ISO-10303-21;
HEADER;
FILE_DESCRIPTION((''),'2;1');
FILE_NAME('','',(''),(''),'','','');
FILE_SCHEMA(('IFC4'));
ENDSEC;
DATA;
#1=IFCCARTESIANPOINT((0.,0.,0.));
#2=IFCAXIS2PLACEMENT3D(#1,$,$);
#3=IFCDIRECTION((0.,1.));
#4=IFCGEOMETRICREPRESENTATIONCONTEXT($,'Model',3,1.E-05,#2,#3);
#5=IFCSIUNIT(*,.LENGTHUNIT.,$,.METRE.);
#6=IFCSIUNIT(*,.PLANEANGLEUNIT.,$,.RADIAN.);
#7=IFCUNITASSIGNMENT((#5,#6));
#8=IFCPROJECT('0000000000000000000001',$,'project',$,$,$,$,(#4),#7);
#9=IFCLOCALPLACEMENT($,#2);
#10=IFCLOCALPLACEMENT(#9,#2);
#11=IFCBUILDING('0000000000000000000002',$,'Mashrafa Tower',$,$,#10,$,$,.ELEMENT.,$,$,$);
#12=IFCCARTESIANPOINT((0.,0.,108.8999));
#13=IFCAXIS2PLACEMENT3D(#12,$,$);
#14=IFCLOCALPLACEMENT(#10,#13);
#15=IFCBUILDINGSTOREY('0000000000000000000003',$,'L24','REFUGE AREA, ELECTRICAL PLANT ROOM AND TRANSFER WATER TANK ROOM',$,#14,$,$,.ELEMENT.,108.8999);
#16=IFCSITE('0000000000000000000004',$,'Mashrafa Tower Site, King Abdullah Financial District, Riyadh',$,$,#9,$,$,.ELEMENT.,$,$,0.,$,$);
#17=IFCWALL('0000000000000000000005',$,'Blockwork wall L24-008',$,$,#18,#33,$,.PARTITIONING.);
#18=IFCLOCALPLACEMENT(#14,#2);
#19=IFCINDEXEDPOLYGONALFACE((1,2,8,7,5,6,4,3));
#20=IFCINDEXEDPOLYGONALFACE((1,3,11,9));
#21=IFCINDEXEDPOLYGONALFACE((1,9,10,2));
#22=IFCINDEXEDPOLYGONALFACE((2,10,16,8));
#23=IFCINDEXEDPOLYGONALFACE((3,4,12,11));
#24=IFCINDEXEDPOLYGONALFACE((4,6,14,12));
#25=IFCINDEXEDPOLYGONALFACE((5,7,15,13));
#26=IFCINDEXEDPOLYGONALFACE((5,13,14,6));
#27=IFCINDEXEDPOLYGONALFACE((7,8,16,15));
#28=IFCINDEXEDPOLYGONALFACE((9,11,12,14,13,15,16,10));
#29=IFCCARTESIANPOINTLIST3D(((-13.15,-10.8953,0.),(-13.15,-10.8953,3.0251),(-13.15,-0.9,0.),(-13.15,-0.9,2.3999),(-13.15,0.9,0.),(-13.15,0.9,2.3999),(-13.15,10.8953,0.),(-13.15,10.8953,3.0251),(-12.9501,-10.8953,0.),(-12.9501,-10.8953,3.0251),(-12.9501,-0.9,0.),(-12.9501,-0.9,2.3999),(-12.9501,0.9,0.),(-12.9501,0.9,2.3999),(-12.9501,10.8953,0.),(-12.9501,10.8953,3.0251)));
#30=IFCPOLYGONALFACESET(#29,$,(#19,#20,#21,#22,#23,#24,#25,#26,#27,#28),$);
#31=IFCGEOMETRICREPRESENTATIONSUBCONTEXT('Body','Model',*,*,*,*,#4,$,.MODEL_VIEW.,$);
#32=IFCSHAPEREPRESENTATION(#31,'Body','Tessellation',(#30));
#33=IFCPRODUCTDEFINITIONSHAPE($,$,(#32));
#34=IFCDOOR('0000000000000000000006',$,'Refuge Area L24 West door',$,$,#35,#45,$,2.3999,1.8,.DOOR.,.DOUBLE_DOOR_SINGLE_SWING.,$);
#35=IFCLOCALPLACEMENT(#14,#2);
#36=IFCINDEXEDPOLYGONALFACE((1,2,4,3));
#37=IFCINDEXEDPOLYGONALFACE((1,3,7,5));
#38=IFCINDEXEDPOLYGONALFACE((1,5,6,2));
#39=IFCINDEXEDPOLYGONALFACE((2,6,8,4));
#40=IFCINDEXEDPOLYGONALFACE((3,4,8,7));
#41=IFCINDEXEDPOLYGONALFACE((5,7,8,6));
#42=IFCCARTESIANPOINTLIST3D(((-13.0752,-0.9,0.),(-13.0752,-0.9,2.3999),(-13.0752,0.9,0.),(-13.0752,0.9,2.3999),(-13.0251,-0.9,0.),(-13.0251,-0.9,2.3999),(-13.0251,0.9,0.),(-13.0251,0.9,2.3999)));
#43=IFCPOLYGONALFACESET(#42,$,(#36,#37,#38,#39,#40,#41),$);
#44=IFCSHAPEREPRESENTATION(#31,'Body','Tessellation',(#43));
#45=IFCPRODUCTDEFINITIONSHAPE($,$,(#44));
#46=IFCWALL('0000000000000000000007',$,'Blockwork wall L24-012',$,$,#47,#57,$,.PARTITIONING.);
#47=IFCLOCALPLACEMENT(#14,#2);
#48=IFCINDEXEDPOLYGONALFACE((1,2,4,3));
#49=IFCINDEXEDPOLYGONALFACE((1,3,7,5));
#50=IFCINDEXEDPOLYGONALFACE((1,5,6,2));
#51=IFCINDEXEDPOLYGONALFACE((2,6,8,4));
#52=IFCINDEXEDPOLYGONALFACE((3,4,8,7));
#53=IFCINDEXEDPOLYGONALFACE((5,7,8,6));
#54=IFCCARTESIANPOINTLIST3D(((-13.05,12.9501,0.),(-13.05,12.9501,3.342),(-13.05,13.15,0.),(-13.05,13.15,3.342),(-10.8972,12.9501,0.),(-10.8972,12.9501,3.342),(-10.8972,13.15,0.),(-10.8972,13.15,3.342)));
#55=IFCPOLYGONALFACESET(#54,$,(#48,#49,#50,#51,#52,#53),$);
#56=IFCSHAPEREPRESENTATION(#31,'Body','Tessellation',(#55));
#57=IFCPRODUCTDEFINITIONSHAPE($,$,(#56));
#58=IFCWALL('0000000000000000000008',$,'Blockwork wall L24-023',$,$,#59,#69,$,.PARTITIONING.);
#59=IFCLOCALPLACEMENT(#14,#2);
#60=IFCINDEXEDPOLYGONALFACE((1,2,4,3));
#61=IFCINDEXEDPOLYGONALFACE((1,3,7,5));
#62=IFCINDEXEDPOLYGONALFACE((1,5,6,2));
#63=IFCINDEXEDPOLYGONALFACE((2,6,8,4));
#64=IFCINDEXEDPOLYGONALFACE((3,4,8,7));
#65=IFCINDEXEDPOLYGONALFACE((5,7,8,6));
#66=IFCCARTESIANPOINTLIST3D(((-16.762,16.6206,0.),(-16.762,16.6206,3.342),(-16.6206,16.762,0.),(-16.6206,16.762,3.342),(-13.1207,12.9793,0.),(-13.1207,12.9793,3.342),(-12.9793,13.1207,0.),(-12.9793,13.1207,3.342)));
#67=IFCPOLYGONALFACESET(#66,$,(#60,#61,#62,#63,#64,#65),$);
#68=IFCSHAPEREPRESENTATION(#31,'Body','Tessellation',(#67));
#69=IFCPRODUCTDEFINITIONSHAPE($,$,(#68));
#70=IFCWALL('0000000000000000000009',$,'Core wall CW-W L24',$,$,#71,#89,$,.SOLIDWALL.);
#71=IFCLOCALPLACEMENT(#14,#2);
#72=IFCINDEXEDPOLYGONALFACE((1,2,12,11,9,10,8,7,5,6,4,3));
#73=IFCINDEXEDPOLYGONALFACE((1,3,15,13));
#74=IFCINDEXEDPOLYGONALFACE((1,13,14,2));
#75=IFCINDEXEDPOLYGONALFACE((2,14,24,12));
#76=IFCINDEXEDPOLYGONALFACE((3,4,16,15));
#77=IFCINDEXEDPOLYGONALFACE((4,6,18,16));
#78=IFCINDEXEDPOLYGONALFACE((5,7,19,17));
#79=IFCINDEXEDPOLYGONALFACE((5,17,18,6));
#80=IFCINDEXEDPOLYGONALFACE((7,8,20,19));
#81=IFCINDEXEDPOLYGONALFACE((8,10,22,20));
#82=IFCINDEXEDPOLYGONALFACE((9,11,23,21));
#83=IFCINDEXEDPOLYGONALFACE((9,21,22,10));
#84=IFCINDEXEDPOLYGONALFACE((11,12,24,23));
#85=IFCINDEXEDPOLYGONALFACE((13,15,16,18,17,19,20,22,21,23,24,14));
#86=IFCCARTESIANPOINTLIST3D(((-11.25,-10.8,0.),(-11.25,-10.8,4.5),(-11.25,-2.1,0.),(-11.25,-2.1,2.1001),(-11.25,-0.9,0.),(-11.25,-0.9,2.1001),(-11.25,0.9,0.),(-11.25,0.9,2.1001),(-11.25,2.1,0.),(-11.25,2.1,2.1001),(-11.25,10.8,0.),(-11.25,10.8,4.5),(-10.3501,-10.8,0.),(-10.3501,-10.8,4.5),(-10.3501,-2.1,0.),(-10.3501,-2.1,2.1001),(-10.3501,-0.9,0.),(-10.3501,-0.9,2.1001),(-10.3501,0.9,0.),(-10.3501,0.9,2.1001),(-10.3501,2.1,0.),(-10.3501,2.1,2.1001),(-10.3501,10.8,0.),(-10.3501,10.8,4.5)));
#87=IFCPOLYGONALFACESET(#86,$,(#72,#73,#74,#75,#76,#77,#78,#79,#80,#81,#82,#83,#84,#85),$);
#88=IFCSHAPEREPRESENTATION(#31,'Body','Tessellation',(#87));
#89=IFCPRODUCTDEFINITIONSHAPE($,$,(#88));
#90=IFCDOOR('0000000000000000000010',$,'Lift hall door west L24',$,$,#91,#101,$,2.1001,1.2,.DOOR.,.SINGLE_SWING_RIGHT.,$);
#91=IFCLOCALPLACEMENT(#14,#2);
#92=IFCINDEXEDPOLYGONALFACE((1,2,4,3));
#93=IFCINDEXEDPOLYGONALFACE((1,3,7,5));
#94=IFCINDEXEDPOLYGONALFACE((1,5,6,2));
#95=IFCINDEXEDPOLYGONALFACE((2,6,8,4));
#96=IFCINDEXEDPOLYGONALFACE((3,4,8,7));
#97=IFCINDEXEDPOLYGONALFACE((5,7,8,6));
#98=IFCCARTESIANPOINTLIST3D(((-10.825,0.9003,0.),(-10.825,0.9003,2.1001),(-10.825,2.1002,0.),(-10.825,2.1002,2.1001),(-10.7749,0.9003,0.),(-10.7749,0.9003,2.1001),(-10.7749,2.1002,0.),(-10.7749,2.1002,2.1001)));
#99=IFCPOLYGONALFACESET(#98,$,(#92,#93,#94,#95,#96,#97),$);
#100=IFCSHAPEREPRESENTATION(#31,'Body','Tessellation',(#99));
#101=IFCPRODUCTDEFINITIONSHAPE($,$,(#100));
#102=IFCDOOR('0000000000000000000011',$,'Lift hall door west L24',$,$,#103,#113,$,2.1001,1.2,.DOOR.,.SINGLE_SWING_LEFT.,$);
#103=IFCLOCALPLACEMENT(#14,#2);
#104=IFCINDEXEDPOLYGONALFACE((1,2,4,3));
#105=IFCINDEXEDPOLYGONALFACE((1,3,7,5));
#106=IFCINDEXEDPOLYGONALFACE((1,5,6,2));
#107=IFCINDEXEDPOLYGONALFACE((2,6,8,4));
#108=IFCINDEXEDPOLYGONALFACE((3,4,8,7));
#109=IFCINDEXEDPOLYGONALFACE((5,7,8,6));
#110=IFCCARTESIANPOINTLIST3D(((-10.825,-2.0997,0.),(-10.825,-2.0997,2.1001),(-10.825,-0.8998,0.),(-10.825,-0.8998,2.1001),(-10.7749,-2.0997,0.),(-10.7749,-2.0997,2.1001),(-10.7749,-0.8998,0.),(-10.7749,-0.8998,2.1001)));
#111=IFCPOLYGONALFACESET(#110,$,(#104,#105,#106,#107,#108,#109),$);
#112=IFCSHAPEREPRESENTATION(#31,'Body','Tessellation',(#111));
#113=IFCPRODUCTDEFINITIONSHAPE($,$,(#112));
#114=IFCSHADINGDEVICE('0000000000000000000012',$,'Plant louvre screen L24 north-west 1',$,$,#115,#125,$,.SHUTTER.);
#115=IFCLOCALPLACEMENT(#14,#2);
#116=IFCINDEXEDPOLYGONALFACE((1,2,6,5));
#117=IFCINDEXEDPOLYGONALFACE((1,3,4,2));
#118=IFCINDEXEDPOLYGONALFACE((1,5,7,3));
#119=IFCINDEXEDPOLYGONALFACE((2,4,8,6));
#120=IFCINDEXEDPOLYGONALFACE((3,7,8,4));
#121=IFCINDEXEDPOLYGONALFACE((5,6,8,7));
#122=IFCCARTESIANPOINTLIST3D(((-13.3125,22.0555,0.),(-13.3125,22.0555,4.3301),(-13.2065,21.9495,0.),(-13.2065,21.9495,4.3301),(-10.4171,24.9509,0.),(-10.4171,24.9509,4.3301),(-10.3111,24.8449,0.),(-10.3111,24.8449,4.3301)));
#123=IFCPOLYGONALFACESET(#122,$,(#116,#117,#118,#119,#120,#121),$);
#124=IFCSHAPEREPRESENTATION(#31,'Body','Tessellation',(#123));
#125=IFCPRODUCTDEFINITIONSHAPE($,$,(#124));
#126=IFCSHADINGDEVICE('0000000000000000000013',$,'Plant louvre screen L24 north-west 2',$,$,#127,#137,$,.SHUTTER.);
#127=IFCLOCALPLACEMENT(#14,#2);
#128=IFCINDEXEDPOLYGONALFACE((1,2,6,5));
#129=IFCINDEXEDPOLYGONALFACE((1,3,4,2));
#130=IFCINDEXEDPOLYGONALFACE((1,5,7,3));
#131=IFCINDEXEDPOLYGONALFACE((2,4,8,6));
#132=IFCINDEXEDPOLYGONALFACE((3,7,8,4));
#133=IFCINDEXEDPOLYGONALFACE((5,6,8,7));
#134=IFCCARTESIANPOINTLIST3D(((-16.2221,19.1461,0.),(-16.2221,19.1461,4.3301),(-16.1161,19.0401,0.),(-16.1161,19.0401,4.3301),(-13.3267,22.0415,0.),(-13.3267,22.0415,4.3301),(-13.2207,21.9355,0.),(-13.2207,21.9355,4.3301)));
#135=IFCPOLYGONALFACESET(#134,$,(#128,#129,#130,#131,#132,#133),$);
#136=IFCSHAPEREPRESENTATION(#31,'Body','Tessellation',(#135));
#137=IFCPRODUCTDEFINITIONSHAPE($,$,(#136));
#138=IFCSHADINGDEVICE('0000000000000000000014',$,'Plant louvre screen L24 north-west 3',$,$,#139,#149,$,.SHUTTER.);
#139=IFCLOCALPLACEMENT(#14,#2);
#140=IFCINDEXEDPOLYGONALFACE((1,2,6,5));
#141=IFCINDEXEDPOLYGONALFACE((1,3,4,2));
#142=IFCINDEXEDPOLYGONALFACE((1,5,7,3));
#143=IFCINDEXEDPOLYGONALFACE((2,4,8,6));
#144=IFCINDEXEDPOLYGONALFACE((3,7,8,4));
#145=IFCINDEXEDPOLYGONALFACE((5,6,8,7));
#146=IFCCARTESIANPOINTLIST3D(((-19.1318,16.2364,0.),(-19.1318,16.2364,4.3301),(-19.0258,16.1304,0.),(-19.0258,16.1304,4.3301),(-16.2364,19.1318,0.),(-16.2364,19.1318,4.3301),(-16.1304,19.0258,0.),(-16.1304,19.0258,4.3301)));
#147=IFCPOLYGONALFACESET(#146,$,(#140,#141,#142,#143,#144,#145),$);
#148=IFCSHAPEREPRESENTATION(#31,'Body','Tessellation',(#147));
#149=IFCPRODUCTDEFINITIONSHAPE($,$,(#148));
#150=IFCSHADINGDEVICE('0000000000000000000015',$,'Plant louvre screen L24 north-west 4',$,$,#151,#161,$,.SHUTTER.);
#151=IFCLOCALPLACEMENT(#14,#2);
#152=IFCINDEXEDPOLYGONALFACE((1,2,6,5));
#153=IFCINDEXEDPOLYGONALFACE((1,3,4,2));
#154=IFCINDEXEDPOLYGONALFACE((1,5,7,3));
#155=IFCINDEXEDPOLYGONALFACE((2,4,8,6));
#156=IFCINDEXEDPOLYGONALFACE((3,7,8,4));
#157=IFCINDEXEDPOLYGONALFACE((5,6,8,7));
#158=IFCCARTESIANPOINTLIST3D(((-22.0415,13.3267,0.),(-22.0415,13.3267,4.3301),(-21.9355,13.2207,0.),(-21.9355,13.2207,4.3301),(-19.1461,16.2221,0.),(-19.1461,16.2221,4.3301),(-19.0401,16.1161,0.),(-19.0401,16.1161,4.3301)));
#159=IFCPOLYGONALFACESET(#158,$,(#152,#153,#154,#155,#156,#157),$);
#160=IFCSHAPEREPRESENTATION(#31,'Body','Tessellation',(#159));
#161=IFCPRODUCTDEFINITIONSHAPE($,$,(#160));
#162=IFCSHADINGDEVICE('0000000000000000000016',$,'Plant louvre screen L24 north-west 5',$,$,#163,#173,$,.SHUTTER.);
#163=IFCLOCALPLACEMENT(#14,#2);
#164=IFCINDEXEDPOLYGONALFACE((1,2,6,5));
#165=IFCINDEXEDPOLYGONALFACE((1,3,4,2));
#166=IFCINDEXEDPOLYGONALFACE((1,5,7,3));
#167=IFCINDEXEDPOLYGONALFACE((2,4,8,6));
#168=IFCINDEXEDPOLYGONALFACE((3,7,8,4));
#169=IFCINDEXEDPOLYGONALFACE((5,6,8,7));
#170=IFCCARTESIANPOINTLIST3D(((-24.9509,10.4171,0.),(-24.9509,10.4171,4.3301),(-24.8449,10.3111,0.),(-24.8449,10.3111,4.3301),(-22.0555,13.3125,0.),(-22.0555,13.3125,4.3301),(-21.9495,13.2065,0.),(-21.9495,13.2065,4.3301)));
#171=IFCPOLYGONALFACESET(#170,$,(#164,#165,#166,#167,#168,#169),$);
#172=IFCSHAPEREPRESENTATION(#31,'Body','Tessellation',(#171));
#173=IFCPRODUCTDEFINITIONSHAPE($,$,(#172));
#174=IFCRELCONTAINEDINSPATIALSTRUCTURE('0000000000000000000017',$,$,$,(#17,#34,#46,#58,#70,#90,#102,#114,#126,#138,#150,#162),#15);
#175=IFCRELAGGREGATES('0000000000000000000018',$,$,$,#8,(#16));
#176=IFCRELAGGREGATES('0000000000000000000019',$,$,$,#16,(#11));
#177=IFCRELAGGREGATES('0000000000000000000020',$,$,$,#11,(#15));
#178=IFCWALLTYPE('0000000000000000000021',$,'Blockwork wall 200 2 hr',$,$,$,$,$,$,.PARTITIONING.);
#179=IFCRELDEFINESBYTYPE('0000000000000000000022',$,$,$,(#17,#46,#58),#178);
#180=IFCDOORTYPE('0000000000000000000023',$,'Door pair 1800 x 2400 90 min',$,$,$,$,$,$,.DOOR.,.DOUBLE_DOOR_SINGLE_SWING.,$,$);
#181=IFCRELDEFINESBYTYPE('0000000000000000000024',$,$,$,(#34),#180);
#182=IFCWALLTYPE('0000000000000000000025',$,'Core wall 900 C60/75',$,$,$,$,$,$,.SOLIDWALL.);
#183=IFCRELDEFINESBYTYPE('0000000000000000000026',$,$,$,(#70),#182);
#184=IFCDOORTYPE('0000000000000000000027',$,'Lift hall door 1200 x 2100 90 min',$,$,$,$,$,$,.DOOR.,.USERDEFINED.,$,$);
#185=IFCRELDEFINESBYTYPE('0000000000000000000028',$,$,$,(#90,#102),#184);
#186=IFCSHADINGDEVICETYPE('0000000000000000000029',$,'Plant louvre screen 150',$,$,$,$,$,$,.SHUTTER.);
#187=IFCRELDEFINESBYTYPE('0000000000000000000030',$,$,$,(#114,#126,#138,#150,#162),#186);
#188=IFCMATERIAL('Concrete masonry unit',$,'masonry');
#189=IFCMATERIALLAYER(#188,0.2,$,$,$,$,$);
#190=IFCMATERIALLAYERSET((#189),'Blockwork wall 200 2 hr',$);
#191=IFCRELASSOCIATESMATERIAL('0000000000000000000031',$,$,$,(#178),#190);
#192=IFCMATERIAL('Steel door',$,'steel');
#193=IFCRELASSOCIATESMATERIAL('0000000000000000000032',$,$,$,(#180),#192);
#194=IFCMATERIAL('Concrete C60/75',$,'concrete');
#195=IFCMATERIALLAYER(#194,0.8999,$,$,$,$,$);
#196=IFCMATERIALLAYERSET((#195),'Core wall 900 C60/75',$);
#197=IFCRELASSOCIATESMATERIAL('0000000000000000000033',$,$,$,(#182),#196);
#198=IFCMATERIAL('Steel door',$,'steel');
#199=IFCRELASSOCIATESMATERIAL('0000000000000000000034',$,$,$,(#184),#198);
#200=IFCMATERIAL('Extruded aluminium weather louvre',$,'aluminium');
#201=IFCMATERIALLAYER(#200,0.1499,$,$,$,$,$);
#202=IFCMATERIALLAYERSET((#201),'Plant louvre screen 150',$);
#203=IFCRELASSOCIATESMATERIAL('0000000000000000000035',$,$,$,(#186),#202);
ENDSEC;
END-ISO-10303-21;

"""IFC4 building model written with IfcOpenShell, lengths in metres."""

from ifc_helpers import new_model, si_unit, direction, frame, frame_2d, origin, origin_2d, place, context, subcontext, project, spatial, rectangle, extrude, source, transform, mapped, material, layer, layer_set, type_object, type_shapes, element, fill, save


model = new_model("IFC4")

# Units and contexts
model_context = context("Model", 3, precision=1e-05, world=origin(), true_north=direction((0.0, 1.0)))
body_context = subcontext(model_context, "Body", "Model", "MODEL_VIEW")
ifc_project = project(units=[si_unit("LENGTHUNIT", "METRE"), si_unit("PLANEANGLEUNIT", "RADIAN")], contexts=[model_context])

# Site, building, storey
site_placement = place(None, origin())
site = spatial("IfcSite", under=ifc_project, at=site_placement, Name="Mashrafa Tower Site, King Abdullah Financial District, Riyadh", CompositionType="ELEMENT", RefElevation=0.0)
building_placement = place(site_placement, origin())
building = spatial("IfcBuilding", under=site, at=building_placement, Name="Mashrafa Tower", CompositionType="ELEMENT")
storey_placement = place(building_placement, frame((0.0, 0.0, 108.8999)))
storey = spatial("IfcBuildingStorey", under=building, at=storey_placement, Name="L24", Description="REFUGE AREA, ELECTRICAL PLANT ROOM AND TRANSFER WATER TANK ROOM", CompositionType="ELEMENT", Elevation=108.8999)

# Shared definitions
ifc_material_1 = material(Name="Concrete masonry unit", Category="masonry")
ifc_layer_1 = layer(ifc_material_1, 0.2)
ifc_layer_set_1 = layer_set([ifc_layer_1], Name="Blockwork wall 200 2 hr")
wall_type_1 = type_object("IfcWallType", Name="Blockwork wall 200 2 hr", PredefinedType="PARTITIONING", material=ifc_layer_set_1)

# Wall, opening, door
wall_1_placement = place(storey_placement, frame((-13.05, 10.8953, 0.0), z_axis=(0.0, 0.0, 1.0), x_axis=(0.0, -1.0, 0.0)))
wall_1 = element("IfcWall", 1, at=wall_1_placement, inside=storey, type_object=wall_type_1, Name="Blockwork wall L24-008", PredefinedType="PARTITIONING", context=body_context, shape_type="SweptSolid", body=[
    extrude(rectangle(XDim=21.7905, YDim=0.2, at=frame_2d((10.8953, 0.0))), origin(), (0.0, 0.0, 1.0), 3.0251),
])
opening_1_placement = place(wall_1_placement, frame((9.9954, 0.0, 0.0)))
opening_1 = element("IfcOpeningElement", 2, at=opening_1_placement, cuts=wall_1, PredefinedType="OPENING", context=body_context, shape_type="SweptSolid", body=[
    extrude(rectangle(XDim=1.8, YDim=2.3999, at=frame_2d((0.8999, 1.2))), frame((0.0, 0.1099, 0.0), z_axis=(0.0, -1.0, 0.0), x_axis=(1.0, 0.0, 0.0)), (0.0, 0.0, 1.0), 0.22),
])
ifc_material_2 = material(Name="Steel door", Category="steel")
door_type_1 = type_object("IfcDoorType", Name="Door pair 1800 x 2400 90 min", OperationType="DOUBLE_DOOR_SINGLE_SWING", PredefinedType="DOOR", material=ifc_material_2)
door_1_placement = place(opening_1_placement, origin())
door_1 = element("IfcDoor", 3, at=door_1_placement, inside=storey, type_object=door_type_1, Name="Refuge Area L24 West door", OperationType="DOUBLE_DOOR_SINGLE_SWING", OverallHeight=2.3999, OverallWidth=1.8, PredefinedType="DOOR", context=body_context, shape_type="SweptSolid", body=[
    extrude(rectangle(XDim=1.8, YDim=2.3999, at=frame_2d((0.8999, 1.2))), frame((0.0, 0.0249, 0.0), z_axis=(0.0, -1.0, 0.0), x_axis=(1.0, 0.0, 0.0)), (0.0, 0.0, 1.0), 0.05),
])
fill(opening_1, door_1)

# Walls
wall_2_placement = place(storey_placement, frame((-10.8972, 13.05, 0.0), z_axis=(0.0, 0.0, 1.0), x_axis=(-1.0, 0.0, 0.0)))
element("IfcWall", 4, at=wall_2_placement, inside=storey, type_object=wall_type_1, Name="Blockwork wall L24-012", PredefinedType="PARTITIONING", context=body_context, shape_type="SweptSolid", body=[
    extrude(rectangle(XDim=2.1528, YDim=0.2, at=frame_2d((1.0764, 0.0))), origin(), (0.0, 0.0, 1.0), 3.342),
])
wall_3_placement = place(storey_placement, frame((-13.05, 13.05, 0.0), z_axis=(0.0, 0.0, 1.0), x_axis=(-0.707107, 0.707107, 0.0)))
element("IfcWall", 5, at=wall_3_placement, inside=storey, type_object=wall_type_1, Name="Blockwork wall L24-023", PredefinedType="PARTITIONING", context=body_context, shape_type="SweptSolid", body=[
    extrude(rectangle(XDim=5.1497, YDim=0.2, at=frame_2d((2.5747, 0.0))), origin(), (0.0, 0.0, 1.0), 3.342),
])

# Wall, openings, doors
ifc_material_3 = material(Name="Concrete C60/75", Category="concrete")
ifc_layer_2 = layer(ifc_material_3, 0.8999)
ifc_layer_set_2 = layer_set([ifc_layer_2], Name="Core wall 900 C60/75")
wall_type_2 = type_object("IfcWallType", Name="Core wall 900 C60/75", PredefinedType="SOLIDWALL", material=ifc_layer_set_2)
wall_4_placement = place(storey_placement, frame((-10.8, 10.8, 0.0), z_axis=(0.0, 0.0, 1.0), x_axis=(0.0, -1.0, 0.0)))
wall_4 = element("IfcWall", 6, at=wall_4_placement, inside=storey, type_object=wall_type_2, Name="Core wall CW-W L24", PredefinedType="SOLIDWALL", context=body_context, shape_type="SweptSolid", body=[
    extrude(rectangle(XDim=21.6001, YDim=0.8999, at=frame_2d((10.8, 0.0))), origin(), (0.0, 0.0, 1.0), 4.5),
])
opening_2_placement = place(wall_4_placement, frame((8.7, 0.0, 0.0)))
opening_2 = element("IfcOpeningElement", 7, at=opening_2_placement, cuts=wall_4, PredefinedType="OPENING", context=body_context, shape_type="SweptSolid", body=[
    extrude(rectangle(XDim=1.2, YDim=2.1001, at=frame_2d((0.6001, 1.05))), frame((0.0, 0.46, 0.0), z_axis=(0.0, -1.0, 0.0), x_axis=(1.0, 0.0, 0.0)), (0.0, 0.0, 1.0), 0.9199),
])
opening_3_placement = place(wall_4_placement, frame((11.7, 0.0, 0.0)))
opening_3 = element("IfcOpeningElement", 8, at=opening_3_placement, cuts=wall_4, PredefinedType="OPENING", context=body_context, shape_type="SweptSolid", body=[
    extrude(rectangle(XDim=1.2, YDim=2.1001, at=frame_2d((0.6001, 1.05))), frame((0.0, 0.46, 0.0), z_axis=(0.0, -1.0, 0.0), x_axis=(1.0, 0.0, 0.0)), (0.0, 0.0, 1.0), 0.9199),
])
ifc_material_4 = material(Name="Steel door", Category="steel")
door_type_2 = type_object("IfcDoorType", Name="Lift hall door 1200 x 2100 90 min", OperationType="USERDEFINED", PredefinedType="DOOR", material=ifc_material_4)
door_2_placement = place(opening_2_placement, frame((1.2, 0.0, 0.0), z_axis=(0.0, 0.0, 1.0), x_axis=(-1.0, 0.0, 0.0)))
door_2 = element("IfcDoor", 9, at=door_2_placement, inside=storey, type_object=door_type_2, Name="Lift hall door west L24", OperationType="SINGLE_SWING_RIGHT", OverallHeight=2.1001, OverallWidth=1.2, PredefinedType="DOOR", context=body_context, shape_type="SweptSolid", body=[
    extrude(rectangle(XDim=1.2, YDim=2.1001, at=frame_2d((0.6001, 1.05))), frame((0.0, 0.0249, 0.0), z_axis=(0.0, -1.0, 0.0), x_axis=(1.0, 0.0, 0.0)), (0.0, 0.0, 1.0), 0.05),
])
fill(opening_2, door_2)
door_3_placement = place(opening_3_placement, frame((1.2, 0.0, 0.0), z_axis=(0.0, 0.0, 1.0), x_axis=(-1.0, 0.0, 0.0)))
door_3 = element("IfcDoor", 10, at=door_3_placement, inside=storey, type_object=door_type_2, Name="Lift hall door west L24", OperationType="SINGLE_SWING_LEFT", OverallHeight=2.1001, OverallWidth=1.2, PredefinedType="DOOR", context=body_context, shape_type="SweptSolid", body=[
    extrude(rectangle(XDim=1.2, YDim=2.1001, at=frame_2d((0.6001, 1.05))), frame((0.0, 0.0249, 0.0), z_axis=(0.0, -1.0, 0.0), x_axis=(1.0, 0.0, 0.0)), (0.0, 0.0, 1.0), 0.05),
])
fill(opening_3, door_3)

# Shading devices
ifc_material_5 = material(Name="Extruded aluminium weather louvre", Category="aluminium")
ifc_layer_3 = layer(ifc_material_5, 0.1499)
ifc_layer_set_3 = layer_set([ifc_layer_3], Name="Plant louvre screen 150")
shading_device_type = type_object("IfcShadingDeviceType", Name="Plant louvre screen 150", PredefinedType="SHUTTER", material=ifc_layer_set_3)
shared_shape_1 = source(origin(), body_context, "Body", "SweptSolid", [
    extrude(rectangle(XDim=4.0947, YDim=0.1499, at=origin_2d()), origin(), (0.0, 0.0, 1.0), 4.3301),
])
type_shapes(shading_device_type, [shared_shape_1])
for number, where, z_axis, x_axis, name in (
    (11, (-11.8118, 23.4502, 0.0), (0.0, 0.0, 1.0), (-0.707107, -0.707107, 0.0), "Plant louvre screen L24 north-west 1"),
    (12, (-14.7214, 20.5408, 0.0), (0.0, 0.0, 1.0), (-0.707107, -0.707107, 0.0), "Plant louvre screen L24 north-west 2"),
    (13, (-17.6311, 17.6311, 0.0), (0.0, 0.0, 1.0), (-0.707107, -0.707107, 0.0), "Plant louvre screen L24 north-west 3"),
    (14, (-20.5408, 14.7214, 0.0), (0.0, 0.0, 1.0), (-0.707107, -0.707107, 0.0), "Plant louvre screen L24 north-west 4"),
    (15, (-23.4502, 11.8118, 0.0), (0.0, 0.0, 1.0), (-0.707107, -0.707107, 0.0), "Plant louvre screen L24 north-west 5"),
):
    element("IfcShadingDevice", number, at=place(storey_placement, frame(where, z_axis=z_axis, x_axis=x_axis)), inside=storey, type_object=shading_device_type, Name=name, PredefinedType="SHUTTER", context=body_context, shape_type="MappedRepresentation", body=[
        mapped(shared_shape_1, transform((0.0, 0.0, 0.0))),
    ])

save(model, "model.ifc")
